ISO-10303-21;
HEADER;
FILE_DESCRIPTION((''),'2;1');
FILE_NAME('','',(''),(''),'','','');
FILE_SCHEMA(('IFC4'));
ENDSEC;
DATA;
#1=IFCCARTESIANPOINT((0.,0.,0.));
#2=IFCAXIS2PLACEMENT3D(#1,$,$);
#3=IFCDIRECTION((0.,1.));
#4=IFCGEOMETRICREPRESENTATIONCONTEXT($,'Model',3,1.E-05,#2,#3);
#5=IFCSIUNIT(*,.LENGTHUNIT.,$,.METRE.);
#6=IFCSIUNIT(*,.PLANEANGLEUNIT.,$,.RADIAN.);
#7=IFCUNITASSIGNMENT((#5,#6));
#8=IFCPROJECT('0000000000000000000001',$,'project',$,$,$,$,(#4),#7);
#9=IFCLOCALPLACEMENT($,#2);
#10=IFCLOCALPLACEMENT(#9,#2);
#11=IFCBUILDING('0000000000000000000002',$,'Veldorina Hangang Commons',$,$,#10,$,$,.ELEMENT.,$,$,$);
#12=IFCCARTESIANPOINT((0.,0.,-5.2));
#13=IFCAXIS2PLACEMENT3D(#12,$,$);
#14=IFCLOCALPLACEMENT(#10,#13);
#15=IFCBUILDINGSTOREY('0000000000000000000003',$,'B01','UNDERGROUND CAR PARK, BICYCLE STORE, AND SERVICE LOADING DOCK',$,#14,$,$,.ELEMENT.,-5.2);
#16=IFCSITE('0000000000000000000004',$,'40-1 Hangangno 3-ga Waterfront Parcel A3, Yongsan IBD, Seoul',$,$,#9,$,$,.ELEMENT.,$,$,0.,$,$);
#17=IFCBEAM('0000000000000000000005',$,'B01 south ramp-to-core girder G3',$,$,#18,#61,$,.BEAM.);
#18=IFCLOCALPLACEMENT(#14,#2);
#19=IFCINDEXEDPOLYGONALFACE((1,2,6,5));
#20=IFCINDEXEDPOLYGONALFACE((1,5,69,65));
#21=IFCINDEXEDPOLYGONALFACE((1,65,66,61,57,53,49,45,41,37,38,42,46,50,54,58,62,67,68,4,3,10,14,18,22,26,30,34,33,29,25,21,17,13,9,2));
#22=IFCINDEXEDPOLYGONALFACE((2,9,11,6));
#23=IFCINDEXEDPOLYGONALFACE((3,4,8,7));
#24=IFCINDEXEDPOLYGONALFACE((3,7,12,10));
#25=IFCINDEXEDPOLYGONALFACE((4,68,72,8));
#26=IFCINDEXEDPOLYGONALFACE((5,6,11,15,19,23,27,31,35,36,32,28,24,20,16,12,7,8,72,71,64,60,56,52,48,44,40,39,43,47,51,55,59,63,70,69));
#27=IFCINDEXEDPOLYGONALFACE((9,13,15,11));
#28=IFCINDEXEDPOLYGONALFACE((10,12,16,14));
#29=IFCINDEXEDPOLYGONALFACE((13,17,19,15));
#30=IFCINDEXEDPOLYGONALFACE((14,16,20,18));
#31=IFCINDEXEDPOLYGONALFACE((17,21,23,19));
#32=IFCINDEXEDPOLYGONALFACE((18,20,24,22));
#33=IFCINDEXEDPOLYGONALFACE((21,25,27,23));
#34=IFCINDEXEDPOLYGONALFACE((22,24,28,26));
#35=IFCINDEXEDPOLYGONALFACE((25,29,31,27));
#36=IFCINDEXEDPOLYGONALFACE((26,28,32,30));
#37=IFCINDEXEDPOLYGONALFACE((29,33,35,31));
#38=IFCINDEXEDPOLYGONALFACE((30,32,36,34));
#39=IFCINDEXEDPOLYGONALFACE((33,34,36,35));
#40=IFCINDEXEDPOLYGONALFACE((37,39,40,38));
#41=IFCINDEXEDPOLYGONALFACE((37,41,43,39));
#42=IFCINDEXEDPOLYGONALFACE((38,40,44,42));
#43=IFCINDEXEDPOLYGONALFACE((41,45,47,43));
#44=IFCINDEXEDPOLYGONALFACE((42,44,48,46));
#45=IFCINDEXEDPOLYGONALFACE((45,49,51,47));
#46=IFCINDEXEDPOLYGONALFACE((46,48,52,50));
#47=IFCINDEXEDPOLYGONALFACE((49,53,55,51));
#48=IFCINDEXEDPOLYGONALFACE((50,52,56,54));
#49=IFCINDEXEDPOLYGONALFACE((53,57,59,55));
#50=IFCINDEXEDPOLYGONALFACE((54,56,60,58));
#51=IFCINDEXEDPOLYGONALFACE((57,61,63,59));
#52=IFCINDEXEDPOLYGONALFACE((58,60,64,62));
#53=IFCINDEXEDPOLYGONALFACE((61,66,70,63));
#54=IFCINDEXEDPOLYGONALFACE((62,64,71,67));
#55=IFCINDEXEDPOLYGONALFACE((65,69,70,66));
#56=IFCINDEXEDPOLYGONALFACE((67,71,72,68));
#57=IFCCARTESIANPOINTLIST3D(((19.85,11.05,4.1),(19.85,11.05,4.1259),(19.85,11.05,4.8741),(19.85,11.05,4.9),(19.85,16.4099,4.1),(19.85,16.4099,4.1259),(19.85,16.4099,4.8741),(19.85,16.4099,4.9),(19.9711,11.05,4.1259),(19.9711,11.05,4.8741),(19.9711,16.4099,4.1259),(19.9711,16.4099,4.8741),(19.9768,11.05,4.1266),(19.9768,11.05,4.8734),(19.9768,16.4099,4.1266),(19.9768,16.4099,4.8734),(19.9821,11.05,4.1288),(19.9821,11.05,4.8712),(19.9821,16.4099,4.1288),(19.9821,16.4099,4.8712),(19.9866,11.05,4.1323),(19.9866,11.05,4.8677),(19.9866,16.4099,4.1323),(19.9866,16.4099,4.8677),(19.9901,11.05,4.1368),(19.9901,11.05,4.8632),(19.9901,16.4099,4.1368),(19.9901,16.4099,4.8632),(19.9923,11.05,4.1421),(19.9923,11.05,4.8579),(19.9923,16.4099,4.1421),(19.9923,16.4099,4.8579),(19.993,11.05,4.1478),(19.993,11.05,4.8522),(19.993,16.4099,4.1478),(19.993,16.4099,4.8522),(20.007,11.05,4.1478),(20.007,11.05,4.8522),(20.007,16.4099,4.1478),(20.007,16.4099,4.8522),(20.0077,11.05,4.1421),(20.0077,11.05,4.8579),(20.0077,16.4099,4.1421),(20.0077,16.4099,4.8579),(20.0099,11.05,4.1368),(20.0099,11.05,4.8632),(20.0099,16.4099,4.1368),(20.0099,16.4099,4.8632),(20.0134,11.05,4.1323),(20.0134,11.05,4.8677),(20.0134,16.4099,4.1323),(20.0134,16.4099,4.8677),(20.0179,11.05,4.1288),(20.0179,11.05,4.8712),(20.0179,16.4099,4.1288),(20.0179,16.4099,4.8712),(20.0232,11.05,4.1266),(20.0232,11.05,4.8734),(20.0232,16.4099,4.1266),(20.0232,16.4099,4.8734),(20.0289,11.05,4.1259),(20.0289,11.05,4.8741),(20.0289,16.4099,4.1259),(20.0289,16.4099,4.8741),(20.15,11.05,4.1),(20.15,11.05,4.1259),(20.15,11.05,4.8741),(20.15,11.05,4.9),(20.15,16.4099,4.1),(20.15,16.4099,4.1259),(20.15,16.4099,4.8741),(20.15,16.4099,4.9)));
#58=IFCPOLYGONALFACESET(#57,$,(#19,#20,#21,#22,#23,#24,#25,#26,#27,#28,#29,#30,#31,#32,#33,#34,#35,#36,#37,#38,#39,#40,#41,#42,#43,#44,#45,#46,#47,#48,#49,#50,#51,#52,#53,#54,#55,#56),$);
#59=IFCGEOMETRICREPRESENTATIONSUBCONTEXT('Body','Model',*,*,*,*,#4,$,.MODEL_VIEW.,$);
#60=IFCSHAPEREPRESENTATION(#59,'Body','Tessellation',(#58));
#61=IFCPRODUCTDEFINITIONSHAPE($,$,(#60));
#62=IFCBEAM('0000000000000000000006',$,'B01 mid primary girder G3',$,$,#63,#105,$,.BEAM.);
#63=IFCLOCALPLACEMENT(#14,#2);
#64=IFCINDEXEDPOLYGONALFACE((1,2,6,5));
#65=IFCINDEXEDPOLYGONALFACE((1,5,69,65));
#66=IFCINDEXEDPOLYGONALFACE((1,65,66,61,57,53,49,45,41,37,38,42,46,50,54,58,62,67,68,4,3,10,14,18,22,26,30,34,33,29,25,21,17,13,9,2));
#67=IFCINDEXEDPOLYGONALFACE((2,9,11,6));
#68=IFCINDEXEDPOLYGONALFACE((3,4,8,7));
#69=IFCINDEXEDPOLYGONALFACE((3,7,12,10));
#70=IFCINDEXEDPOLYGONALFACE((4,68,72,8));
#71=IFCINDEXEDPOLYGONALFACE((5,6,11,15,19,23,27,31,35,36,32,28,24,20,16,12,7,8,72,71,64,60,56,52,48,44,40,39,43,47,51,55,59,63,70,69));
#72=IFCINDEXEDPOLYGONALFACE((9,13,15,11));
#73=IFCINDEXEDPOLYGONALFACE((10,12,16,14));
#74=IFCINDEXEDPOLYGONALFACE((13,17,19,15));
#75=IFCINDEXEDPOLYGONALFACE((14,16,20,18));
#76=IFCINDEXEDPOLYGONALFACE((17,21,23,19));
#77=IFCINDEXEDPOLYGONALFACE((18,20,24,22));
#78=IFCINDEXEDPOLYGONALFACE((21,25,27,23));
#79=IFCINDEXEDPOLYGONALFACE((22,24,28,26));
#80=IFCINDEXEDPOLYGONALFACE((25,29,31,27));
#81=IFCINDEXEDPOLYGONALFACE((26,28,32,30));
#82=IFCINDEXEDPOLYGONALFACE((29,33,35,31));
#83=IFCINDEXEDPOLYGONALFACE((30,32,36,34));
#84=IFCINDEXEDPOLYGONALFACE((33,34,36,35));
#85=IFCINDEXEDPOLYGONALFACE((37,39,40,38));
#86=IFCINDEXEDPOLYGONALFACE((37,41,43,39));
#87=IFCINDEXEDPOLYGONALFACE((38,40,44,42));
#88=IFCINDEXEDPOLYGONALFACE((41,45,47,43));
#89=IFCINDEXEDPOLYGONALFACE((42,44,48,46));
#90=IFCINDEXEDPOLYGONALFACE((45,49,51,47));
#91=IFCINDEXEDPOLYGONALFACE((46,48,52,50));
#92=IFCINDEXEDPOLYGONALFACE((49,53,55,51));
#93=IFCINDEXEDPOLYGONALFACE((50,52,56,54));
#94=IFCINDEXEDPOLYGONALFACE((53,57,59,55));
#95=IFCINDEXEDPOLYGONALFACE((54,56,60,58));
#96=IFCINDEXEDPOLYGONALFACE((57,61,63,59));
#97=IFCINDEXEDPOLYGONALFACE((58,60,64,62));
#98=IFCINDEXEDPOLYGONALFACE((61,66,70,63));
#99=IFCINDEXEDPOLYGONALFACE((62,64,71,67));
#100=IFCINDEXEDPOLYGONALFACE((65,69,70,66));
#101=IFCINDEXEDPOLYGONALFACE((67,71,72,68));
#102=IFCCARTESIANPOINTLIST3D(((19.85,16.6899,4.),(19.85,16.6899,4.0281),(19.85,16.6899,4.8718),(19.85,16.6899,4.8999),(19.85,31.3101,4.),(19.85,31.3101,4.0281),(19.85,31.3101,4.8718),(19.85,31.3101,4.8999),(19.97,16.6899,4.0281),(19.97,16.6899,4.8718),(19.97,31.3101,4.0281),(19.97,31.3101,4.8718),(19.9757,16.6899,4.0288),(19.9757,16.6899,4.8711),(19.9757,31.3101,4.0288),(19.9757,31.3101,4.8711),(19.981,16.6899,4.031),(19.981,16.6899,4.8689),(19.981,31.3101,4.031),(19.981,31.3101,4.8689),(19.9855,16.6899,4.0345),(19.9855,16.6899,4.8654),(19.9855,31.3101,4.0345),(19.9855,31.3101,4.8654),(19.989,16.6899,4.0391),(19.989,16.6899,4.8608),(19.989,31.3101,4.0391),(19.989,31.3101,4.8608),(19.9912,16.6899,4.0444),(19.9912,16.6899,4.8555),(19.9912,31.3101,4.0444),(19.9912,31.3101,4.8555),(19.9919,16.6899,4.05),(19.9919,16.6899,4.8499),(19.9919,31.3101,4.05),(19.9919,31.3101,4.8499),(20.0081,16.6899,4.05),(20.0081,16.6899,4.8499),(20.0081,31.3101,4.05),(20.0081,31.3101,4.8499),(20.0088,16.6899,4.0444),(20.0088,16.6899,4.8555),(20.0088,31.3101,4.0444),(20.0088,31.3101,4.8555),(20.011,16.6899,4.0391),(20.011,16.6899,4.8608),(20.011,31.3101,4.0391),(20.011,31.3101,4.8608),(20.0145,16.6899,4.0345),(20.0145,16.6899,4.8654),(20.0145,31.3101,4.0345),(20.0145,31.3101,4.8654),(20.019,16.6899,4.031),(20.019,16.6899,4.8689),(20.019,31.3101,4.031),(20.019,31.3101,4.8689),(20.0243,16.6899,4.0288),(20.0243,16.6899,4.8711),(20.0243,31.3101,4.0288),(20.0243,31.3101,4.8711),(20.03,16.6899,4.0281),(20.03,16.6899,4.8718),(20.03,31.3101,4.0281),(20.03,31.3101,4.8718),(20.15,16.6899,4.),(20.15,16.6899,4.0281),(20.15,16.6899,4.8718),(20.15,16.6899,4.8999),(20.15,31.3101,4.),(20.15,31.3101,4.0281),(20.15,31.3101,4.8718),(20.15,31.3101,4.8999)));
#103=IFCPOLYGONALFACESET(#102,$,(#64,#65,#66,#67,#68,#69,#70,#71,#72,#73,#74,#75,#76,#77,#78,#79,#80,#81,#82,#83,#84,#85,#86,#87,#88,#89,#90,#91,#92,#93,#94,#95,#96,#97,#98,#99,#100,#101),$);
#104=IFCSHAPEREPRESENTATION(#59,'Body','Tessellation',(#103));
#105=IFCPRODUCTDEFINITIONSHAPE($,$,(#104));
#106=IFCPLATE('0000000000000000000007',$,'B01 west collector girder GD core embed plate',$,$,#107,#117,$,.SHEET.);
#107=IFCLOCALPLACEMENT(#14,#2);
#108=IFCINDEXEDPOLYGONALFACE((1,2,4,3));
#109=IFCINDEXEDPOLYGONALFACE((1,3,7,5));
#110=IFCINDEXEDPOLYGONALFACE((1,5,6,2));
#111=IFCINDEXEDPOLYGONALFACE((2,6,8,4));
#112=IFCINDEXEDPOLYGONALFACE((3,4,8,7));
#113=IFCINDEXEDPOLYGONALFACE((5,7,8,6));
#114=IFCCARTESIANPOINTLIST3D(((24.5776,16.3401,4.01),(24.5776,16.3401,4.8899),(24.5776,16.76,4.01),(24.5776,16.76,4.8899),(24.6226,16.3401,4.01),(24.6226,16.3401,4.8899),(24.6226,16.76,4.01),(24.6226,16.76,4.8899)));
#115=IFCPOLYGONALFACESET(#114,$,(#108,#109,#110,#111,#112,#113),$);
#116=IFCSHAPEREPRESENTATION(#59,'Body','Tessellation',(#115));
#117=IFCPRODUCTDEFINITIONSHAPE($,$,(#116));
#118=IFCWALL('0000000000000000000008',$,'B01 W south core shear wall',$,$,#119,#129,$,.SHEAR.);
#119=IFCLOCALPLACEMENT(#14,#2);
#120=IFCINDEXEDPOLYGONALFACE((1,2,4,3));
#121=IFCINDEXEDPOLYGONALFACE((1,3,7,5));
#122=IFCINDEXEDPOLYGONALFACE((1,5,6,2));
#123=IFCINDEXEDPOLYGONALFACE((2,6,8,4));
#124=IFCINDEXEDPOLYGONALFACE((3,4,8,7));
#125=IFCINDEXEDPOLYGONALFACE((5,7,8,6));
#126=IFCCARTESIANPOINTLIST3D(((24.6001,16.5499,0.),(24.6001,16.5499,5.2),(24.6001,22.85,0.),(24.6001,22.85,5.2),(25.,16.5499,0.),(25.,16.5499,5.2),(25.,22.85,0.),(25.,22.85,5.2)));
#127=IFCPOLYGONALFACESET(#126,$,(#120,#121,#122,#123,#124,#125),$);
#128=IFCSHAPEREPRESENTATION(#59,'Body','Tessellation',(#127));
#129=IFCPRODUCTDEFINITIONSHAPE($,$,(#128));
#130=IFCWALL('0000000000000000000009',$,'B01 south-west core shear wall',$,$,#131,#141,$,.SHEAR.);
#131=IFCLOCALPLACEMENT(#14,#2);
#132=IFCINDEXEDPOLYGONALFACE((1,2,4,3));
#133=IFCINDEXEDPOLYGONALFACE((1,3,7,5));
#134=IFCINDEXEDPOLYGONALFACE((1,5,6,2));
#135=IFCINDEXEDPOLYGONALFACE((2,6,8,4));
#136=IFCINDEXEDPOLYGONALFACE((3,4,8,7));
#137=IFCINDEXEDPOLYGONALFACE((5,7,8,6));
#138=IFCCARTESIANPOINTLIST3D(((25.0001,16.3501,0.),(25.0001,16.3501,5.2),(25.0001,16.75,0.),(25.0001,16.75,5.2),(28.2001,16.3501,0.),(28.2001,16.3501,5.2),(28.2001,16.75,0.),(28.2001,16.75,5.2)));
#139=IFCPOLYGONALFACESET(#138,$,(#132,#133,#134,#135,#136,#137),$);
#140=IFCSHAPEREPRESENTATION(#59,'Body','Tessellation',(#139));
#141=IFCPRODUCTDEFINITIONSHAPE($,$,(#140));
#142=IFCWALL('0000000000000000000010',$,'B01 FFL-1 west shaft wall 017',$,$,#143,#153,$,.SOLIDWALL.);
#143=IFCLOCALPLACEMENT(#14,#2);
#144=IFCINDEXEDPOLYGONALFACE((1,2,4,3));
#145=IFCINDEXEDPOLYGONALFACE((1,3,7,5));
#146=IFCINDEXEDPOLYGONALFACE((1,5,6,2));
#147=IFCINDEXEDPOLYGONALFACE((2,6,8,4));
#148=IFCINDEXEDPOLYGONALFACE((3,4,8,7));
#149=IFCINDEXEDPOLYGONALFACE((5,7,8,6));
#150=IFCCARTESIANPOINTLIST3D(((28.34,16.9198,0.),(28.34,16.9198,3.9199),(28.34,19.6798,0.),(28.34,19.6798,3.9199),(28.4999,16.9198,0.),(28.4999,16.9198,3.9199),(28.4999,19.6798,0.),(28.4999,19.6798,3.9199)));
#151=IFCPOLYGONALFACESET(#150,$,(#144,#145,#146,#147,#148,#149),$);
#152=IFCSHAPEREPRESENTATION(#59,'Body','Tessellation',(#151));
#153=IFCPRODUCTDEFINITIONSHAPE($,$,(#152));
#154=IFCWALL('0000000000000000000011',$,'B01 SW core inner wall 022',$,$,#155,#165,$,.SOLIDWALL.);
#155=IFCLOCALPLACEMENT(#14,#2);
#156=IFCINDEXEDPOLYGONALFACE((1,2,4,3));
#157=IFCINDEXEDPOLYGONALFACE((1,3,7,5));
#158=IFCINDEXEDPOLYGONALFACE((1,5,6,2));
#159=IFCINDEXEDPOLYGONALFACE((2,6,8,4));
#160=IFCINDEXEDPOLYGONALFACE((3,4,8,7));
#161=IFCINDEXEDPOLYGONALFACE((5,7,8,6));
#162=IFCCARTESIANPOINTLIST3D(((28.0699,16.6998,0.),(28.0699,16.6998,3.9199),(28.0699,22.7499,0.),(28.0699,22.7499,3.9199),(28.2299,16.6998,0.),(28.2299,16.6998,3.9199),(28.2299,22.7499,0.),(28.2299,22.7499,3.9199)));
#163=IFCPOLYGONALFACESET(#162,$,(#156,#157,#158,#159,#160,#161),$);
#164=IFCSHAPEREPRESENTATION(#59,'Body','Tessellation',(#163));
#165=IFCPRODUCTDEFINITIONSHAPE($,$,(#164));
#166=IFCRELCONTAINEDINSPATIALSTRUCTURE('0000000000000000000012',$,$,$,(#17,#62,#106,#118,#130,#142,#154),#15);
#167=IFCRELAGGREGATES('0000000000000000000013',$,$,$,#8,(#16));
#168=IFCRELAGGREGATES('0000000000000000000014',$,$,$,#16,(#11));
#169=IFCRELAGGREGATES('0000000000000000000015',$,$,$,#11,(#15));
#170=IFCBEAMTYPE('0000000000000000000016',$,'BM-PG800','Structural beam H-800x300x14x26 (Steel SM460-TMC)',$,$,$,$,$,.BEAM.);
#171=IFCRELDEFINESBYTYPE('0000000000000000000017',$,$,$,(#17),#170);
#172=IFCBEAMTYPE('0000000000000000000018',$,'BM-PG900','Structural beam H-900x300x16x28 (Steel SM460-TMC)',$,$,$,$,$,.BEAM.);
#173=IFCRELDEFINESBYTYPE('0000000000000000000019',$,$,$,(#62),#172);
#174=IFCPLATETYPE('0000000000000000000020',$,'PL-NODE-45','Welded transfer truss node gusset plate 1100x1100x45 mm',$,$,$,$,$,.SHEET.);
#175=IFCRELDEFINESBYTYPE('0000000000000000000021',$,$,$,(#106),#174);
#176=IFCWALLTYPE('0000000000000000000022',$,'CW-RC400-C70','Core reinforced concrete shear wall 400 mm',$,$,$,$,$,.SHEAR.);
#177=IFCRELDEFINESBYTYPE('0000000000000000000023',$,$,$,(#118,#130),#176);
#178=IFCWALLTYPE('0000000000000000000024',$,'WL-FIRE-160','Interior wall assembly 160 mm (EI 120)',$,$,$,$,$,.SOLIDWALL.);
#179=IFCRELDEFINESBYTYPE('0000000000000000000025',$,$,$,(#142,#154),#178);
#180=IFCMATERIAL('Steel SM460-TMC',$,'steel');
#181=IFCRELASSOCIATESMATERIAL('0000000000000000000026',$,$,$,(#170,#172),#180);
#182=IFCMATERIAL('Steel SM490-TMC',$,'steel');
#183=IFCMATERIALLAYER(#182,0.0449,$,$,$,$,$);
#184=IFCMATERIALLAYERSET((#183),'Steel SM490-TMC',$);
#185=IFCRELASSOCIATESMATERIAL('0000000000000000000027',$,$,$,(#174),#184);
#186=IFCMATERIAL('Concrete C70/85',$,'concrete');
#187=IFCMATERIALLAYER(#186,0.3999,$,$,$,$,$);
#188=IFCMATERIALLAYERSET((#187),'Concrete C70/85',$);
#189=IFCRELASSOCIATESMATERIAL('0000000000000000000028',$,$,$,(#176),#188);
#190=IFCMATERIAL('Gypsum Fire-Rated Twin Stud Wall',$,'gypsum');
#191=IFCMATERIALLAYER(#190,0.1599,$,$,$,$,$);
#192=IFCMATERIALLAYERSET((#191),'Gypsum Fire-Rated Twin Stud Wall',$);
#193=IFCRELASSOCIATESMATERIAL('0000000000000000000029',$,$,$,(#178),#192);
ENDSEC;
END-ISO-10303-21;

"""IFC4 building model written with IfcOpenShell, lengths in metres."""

from ifc_helpers import new_model, si_unit, direction, frame, frame_2d, origin, origin_2d, place, context, subcontext, project, spatial, rectangle, i_section, extrude, material, layer, layer_set, material_profile, profile_set, type_object, element, save


model = new_model("IFC4")

# Units and contexts
model_context = context("Model", 3, precision=1e-05, world=origin(), true_north=direction((0.0, 1.0)))
body_context = subcontext(model_context, "Body", "Model", "MODEL_VIEW")
ifc_project = project(units=[si_unit("LENGTHUNIT", "METRE"), si_unit("PLANEANGLEUNIT", "RADIAN")], contexts=[model_context])

# Site, building, storey
site_placement = place(None, origin())
site = spatial("IfcSite", under=ifc_project, at=site_placement, Name="40-1 Hangangno 3-ga Waterfront Parcel A3, Yongsan IBD, Seoul", CompositionType="ELEMENT", RefElevation=0.0)
building_placement = place(site_placement, origin())
building = spatial("IfcBuilding", under=site, at=building_placement, Name="Veldorina Hangang Commons", CompositionType="ELEMENT")
storey_placement = place(building_placement, frame((0.0, 0.0, -5.2)))
storey = spatial("IfcBuildingStorey", under=building, at=storey_placement, Name="B01", Description="UNDERGROUND CAR PARK, BICYCLE STORE, AND SERVICE LOADING DOCK", CompositionType="ELEMENT", Elevation=-5.2)

# Beams
ifc_material_1 = material(Name="Concrete C70/85", Category="concrete")
ifc_material_2 = material(Name="Steel SM460-TMC", Category="steel")
ifc_material_profile_1 = material_profile(ifc_material_2, i_section(OverallWidth=0.3, OverallDepth=0.8, WebThickness=0.0139, FlangeThickness=0.0259, FilletRadius=0.022, at=origin_2d()), Name="H-800x300x14x26")
ifc_profile_set_1 = profile_set([ifc_material_profile_1], Name="Steel SM460-TMC")
beam_type_1 = type_object("IfcBeamType", Name="BM-PG800", Description="Structural beam H-800x300x14x26 (Steel SM460-TMC)", PredefinedType="BEAM", material=ifc_profile_set_1)
beam_1_placement = place(storey_placement, frame((20.0, 11.05, 4.5), z_axis=(0.0, 1.0, 0.0), x_axis=(-1.0, 0.0, 0.0)))
element("IfcBeam", 1, at=beam_1_placement, inside=storey, type_object=beam_type_1, Name="B01 south ramp-to-core girder G3", PredefinedType="BEAM", context=body_context, shape_type="SweptSolid", body=[
    extrude(i_section(OverallWidth=0.3, OverallDepth=0.8, WebThickness=0.0139, FlangeThickness=0.0259, FilletRadius=0.022, at=origin_2d()), origin(), (0.0, 0.0, 1.0), 5.3599),
])
ifc_material_profile_2 = material_profile(ifc_material_2, i_section(OverallWidth=0.3, OverallDepth=0.8999, WebThickness=0.0161, FlangeThickness=0.0281, FilletRadius=0.022, at=origin_2d()), Name="H-900x300x16x28")
ifc_profile_set_2 = profile_set([ifc_material_profile_2], Name="Steel SM460-TMC")
beam_type_2 = type_object("IfcBeamType", Name="BM-PG900", Description="Structural beam H-900x300x16x28 (Steel SM460-TMC)", PredefinedType="BEAM", material=ifc_profile_set_2)
beam_2_placement = place(storey_placement, frame((20.0, 16.6899, 4.45), z_axis=(0.0, 1.0, 0.0), x_axis=(-1.0, 0.0, 0.0)))
element("IfcBeam", 2, at=beam_2_placement, inside=storey, type_object=beam_type_2, Name="B01 mid primary girder G3", PredefinedType="BEAM", context=body_context, shape_type="SweptSolid", body=[
    extrude(i_section(OverallWidth=0.3, OverallDepth=0.8999, WebThickness=0.0161, FlangeThickness=0.0281, FilletRadius=0.022, at=origin_2d()), origin(), (0.0, 0.0, 1.0), 14.6201),
])

# Plate
ifc_material_3 = material(Name="Steel SM490-TMC", Category="steel")
ifc_layer_1 = layer(ifc_material_3, 0.0449)
ifc_layer_set_1 = layer_set([ifc_layer_1], Name="Steel SM490-TMC")
plate_type = type_object("IfcPlateType", Name="PL-NODE-45", Description="Welded transfer truss node gusset plate 1100x1100x45 mm", PredefinedType="SHEET", material=ifc_layer_set_1)
plate_placement = place(storey_placement, frame((24.6001, 16.55, 4.01), z_axis=(0.0, 0.0, 1.0), x_axis=(1.0, 0.0, 0.0)))
element("IfcPlate", 3, at=plate_placement, inside=storey, type_object=plate_type, Name="B01 west collector girder GD core embed plate", PredefinedType="SHEET", context=body_context, shape_type="SweptSolid", body=[
    extrude(rectangle(XDim=0.0449, YDim=0.4199, at=origin_2d()), origin(), (0.0, 0.0, 1.0), 0.8799),
])

# Walls
ifc_layer_2 = layer(ifc_material_1, 0.3999)
ifc_layer_set_2 = layer_set([ifc_layer_2], Name="Concrete C70/85")
wall_type_1 = type_object("IfcWallType", Name="CW-RC400-C70", Description="Core reinforced concrete shear wall 400 mm", PredefinedType="SHEAR", material=ifc_layer_set_2)
wall_1_placement = place(storey_placement, frame((24.8, 16.55, 0.0), z_axis=(0.0, 0.0, 1.0), x_axis=(0.0, 1.0, 0.0)))
element("IfcWall", 4, at=wall_1_placement, inside=storey, type_object=wall_type_1, Name="B01 W south core shear wall", PredefinedType="SHEAR", context=body_context, shape_type="SweptSolid", body=[
    extrude(rectangle(XDim=6.3, YDim=0.3999, at=frame_2d((3.1499, 0.0))), origin(), (0.0, 0.0, 1.0), 5.2),
])
wall_2_placement = place(storey_placement, frame((25.0, 16.55, 0.0), z_axis=(0.0, 0.0, 1.0), x_axis=(1.0, 0.0, 0.0)))
element("IfcWall", 5, at=wall_2_placement, inside=storey, type_object=wall_type_1, Name="B01 south-west core shear wall", PredefinedType="SHEAR", context=body_context, shape_type="SweptSolid", body=[
    extrude(rectangle(XDim=3.2, YDim=0.3999, at=frame_2d((1.6001, 0.0))), origin(), (0.0, 0.0, 1.0), 5.2),
])

# Shared definitions
ifc_material_4 = material(Name="Gypsum Fire-Rated Twin Stud Wall", Category="gypsum")
ifc_layer_3 = layer(ifc_material_4, 0.1599)
ifc_layer_set_3 = layer_set([ifc_layer_3], Name="Gypsum Fire-Rated Twin Stud Wall")
wall_type_2 = type_object("IfcWallType", Name="WL-FIRE-160", Description="Interior wall assembly 160 mm (EI 120)", PredefinedType="SOLIDWALL", material=ifc_layer_set_3)

# Walls
wall_3_placement = place(storey_placement, frame((28.4199, 16.9199, 0.0), z_axis=(0.0, 0.0, 1.0), x_axis=(0.0, 1.0, 0.0)))
element("IfcWall", 6, at=wall_3_placement, inside=storey, type_object=wall_type_2, Name="B01 FFL-1 west shaft wall 017", PredefinedType="SOLIDWALL", context=body_context, shape_type="SweptSolid", body=[
    extrude(rectangle(XDim=2.76, YDim=0.1599, at=frame_2d((1.3799, 0.0))), origin(), (0.0, 0.0, 1.0), 3.9199),
])
wall_4_placement = place(storey_placement, frame((28.1499, 16.7, 0.0), z_axis=(0.0, 0.0, 1.0), x_axis=(0.0, 1.0, 0.0)))
element("IfcWall", 7, at=wall_4_placement, inside=storey, type_object=wall_type_2, Name="B01 SW core inner wall 022", PredefinedType="SOLIDWALL", context=body_context, shape_type="SweptSolid", body=[
    extrude(rectangle(XDim=6.05, YDim=0.1599, at=frame_2d((3.0249, 0.0))), origin(), (0.0, 0.0, 1.0), 3.9199),
])

save(model, "model.ifc")
